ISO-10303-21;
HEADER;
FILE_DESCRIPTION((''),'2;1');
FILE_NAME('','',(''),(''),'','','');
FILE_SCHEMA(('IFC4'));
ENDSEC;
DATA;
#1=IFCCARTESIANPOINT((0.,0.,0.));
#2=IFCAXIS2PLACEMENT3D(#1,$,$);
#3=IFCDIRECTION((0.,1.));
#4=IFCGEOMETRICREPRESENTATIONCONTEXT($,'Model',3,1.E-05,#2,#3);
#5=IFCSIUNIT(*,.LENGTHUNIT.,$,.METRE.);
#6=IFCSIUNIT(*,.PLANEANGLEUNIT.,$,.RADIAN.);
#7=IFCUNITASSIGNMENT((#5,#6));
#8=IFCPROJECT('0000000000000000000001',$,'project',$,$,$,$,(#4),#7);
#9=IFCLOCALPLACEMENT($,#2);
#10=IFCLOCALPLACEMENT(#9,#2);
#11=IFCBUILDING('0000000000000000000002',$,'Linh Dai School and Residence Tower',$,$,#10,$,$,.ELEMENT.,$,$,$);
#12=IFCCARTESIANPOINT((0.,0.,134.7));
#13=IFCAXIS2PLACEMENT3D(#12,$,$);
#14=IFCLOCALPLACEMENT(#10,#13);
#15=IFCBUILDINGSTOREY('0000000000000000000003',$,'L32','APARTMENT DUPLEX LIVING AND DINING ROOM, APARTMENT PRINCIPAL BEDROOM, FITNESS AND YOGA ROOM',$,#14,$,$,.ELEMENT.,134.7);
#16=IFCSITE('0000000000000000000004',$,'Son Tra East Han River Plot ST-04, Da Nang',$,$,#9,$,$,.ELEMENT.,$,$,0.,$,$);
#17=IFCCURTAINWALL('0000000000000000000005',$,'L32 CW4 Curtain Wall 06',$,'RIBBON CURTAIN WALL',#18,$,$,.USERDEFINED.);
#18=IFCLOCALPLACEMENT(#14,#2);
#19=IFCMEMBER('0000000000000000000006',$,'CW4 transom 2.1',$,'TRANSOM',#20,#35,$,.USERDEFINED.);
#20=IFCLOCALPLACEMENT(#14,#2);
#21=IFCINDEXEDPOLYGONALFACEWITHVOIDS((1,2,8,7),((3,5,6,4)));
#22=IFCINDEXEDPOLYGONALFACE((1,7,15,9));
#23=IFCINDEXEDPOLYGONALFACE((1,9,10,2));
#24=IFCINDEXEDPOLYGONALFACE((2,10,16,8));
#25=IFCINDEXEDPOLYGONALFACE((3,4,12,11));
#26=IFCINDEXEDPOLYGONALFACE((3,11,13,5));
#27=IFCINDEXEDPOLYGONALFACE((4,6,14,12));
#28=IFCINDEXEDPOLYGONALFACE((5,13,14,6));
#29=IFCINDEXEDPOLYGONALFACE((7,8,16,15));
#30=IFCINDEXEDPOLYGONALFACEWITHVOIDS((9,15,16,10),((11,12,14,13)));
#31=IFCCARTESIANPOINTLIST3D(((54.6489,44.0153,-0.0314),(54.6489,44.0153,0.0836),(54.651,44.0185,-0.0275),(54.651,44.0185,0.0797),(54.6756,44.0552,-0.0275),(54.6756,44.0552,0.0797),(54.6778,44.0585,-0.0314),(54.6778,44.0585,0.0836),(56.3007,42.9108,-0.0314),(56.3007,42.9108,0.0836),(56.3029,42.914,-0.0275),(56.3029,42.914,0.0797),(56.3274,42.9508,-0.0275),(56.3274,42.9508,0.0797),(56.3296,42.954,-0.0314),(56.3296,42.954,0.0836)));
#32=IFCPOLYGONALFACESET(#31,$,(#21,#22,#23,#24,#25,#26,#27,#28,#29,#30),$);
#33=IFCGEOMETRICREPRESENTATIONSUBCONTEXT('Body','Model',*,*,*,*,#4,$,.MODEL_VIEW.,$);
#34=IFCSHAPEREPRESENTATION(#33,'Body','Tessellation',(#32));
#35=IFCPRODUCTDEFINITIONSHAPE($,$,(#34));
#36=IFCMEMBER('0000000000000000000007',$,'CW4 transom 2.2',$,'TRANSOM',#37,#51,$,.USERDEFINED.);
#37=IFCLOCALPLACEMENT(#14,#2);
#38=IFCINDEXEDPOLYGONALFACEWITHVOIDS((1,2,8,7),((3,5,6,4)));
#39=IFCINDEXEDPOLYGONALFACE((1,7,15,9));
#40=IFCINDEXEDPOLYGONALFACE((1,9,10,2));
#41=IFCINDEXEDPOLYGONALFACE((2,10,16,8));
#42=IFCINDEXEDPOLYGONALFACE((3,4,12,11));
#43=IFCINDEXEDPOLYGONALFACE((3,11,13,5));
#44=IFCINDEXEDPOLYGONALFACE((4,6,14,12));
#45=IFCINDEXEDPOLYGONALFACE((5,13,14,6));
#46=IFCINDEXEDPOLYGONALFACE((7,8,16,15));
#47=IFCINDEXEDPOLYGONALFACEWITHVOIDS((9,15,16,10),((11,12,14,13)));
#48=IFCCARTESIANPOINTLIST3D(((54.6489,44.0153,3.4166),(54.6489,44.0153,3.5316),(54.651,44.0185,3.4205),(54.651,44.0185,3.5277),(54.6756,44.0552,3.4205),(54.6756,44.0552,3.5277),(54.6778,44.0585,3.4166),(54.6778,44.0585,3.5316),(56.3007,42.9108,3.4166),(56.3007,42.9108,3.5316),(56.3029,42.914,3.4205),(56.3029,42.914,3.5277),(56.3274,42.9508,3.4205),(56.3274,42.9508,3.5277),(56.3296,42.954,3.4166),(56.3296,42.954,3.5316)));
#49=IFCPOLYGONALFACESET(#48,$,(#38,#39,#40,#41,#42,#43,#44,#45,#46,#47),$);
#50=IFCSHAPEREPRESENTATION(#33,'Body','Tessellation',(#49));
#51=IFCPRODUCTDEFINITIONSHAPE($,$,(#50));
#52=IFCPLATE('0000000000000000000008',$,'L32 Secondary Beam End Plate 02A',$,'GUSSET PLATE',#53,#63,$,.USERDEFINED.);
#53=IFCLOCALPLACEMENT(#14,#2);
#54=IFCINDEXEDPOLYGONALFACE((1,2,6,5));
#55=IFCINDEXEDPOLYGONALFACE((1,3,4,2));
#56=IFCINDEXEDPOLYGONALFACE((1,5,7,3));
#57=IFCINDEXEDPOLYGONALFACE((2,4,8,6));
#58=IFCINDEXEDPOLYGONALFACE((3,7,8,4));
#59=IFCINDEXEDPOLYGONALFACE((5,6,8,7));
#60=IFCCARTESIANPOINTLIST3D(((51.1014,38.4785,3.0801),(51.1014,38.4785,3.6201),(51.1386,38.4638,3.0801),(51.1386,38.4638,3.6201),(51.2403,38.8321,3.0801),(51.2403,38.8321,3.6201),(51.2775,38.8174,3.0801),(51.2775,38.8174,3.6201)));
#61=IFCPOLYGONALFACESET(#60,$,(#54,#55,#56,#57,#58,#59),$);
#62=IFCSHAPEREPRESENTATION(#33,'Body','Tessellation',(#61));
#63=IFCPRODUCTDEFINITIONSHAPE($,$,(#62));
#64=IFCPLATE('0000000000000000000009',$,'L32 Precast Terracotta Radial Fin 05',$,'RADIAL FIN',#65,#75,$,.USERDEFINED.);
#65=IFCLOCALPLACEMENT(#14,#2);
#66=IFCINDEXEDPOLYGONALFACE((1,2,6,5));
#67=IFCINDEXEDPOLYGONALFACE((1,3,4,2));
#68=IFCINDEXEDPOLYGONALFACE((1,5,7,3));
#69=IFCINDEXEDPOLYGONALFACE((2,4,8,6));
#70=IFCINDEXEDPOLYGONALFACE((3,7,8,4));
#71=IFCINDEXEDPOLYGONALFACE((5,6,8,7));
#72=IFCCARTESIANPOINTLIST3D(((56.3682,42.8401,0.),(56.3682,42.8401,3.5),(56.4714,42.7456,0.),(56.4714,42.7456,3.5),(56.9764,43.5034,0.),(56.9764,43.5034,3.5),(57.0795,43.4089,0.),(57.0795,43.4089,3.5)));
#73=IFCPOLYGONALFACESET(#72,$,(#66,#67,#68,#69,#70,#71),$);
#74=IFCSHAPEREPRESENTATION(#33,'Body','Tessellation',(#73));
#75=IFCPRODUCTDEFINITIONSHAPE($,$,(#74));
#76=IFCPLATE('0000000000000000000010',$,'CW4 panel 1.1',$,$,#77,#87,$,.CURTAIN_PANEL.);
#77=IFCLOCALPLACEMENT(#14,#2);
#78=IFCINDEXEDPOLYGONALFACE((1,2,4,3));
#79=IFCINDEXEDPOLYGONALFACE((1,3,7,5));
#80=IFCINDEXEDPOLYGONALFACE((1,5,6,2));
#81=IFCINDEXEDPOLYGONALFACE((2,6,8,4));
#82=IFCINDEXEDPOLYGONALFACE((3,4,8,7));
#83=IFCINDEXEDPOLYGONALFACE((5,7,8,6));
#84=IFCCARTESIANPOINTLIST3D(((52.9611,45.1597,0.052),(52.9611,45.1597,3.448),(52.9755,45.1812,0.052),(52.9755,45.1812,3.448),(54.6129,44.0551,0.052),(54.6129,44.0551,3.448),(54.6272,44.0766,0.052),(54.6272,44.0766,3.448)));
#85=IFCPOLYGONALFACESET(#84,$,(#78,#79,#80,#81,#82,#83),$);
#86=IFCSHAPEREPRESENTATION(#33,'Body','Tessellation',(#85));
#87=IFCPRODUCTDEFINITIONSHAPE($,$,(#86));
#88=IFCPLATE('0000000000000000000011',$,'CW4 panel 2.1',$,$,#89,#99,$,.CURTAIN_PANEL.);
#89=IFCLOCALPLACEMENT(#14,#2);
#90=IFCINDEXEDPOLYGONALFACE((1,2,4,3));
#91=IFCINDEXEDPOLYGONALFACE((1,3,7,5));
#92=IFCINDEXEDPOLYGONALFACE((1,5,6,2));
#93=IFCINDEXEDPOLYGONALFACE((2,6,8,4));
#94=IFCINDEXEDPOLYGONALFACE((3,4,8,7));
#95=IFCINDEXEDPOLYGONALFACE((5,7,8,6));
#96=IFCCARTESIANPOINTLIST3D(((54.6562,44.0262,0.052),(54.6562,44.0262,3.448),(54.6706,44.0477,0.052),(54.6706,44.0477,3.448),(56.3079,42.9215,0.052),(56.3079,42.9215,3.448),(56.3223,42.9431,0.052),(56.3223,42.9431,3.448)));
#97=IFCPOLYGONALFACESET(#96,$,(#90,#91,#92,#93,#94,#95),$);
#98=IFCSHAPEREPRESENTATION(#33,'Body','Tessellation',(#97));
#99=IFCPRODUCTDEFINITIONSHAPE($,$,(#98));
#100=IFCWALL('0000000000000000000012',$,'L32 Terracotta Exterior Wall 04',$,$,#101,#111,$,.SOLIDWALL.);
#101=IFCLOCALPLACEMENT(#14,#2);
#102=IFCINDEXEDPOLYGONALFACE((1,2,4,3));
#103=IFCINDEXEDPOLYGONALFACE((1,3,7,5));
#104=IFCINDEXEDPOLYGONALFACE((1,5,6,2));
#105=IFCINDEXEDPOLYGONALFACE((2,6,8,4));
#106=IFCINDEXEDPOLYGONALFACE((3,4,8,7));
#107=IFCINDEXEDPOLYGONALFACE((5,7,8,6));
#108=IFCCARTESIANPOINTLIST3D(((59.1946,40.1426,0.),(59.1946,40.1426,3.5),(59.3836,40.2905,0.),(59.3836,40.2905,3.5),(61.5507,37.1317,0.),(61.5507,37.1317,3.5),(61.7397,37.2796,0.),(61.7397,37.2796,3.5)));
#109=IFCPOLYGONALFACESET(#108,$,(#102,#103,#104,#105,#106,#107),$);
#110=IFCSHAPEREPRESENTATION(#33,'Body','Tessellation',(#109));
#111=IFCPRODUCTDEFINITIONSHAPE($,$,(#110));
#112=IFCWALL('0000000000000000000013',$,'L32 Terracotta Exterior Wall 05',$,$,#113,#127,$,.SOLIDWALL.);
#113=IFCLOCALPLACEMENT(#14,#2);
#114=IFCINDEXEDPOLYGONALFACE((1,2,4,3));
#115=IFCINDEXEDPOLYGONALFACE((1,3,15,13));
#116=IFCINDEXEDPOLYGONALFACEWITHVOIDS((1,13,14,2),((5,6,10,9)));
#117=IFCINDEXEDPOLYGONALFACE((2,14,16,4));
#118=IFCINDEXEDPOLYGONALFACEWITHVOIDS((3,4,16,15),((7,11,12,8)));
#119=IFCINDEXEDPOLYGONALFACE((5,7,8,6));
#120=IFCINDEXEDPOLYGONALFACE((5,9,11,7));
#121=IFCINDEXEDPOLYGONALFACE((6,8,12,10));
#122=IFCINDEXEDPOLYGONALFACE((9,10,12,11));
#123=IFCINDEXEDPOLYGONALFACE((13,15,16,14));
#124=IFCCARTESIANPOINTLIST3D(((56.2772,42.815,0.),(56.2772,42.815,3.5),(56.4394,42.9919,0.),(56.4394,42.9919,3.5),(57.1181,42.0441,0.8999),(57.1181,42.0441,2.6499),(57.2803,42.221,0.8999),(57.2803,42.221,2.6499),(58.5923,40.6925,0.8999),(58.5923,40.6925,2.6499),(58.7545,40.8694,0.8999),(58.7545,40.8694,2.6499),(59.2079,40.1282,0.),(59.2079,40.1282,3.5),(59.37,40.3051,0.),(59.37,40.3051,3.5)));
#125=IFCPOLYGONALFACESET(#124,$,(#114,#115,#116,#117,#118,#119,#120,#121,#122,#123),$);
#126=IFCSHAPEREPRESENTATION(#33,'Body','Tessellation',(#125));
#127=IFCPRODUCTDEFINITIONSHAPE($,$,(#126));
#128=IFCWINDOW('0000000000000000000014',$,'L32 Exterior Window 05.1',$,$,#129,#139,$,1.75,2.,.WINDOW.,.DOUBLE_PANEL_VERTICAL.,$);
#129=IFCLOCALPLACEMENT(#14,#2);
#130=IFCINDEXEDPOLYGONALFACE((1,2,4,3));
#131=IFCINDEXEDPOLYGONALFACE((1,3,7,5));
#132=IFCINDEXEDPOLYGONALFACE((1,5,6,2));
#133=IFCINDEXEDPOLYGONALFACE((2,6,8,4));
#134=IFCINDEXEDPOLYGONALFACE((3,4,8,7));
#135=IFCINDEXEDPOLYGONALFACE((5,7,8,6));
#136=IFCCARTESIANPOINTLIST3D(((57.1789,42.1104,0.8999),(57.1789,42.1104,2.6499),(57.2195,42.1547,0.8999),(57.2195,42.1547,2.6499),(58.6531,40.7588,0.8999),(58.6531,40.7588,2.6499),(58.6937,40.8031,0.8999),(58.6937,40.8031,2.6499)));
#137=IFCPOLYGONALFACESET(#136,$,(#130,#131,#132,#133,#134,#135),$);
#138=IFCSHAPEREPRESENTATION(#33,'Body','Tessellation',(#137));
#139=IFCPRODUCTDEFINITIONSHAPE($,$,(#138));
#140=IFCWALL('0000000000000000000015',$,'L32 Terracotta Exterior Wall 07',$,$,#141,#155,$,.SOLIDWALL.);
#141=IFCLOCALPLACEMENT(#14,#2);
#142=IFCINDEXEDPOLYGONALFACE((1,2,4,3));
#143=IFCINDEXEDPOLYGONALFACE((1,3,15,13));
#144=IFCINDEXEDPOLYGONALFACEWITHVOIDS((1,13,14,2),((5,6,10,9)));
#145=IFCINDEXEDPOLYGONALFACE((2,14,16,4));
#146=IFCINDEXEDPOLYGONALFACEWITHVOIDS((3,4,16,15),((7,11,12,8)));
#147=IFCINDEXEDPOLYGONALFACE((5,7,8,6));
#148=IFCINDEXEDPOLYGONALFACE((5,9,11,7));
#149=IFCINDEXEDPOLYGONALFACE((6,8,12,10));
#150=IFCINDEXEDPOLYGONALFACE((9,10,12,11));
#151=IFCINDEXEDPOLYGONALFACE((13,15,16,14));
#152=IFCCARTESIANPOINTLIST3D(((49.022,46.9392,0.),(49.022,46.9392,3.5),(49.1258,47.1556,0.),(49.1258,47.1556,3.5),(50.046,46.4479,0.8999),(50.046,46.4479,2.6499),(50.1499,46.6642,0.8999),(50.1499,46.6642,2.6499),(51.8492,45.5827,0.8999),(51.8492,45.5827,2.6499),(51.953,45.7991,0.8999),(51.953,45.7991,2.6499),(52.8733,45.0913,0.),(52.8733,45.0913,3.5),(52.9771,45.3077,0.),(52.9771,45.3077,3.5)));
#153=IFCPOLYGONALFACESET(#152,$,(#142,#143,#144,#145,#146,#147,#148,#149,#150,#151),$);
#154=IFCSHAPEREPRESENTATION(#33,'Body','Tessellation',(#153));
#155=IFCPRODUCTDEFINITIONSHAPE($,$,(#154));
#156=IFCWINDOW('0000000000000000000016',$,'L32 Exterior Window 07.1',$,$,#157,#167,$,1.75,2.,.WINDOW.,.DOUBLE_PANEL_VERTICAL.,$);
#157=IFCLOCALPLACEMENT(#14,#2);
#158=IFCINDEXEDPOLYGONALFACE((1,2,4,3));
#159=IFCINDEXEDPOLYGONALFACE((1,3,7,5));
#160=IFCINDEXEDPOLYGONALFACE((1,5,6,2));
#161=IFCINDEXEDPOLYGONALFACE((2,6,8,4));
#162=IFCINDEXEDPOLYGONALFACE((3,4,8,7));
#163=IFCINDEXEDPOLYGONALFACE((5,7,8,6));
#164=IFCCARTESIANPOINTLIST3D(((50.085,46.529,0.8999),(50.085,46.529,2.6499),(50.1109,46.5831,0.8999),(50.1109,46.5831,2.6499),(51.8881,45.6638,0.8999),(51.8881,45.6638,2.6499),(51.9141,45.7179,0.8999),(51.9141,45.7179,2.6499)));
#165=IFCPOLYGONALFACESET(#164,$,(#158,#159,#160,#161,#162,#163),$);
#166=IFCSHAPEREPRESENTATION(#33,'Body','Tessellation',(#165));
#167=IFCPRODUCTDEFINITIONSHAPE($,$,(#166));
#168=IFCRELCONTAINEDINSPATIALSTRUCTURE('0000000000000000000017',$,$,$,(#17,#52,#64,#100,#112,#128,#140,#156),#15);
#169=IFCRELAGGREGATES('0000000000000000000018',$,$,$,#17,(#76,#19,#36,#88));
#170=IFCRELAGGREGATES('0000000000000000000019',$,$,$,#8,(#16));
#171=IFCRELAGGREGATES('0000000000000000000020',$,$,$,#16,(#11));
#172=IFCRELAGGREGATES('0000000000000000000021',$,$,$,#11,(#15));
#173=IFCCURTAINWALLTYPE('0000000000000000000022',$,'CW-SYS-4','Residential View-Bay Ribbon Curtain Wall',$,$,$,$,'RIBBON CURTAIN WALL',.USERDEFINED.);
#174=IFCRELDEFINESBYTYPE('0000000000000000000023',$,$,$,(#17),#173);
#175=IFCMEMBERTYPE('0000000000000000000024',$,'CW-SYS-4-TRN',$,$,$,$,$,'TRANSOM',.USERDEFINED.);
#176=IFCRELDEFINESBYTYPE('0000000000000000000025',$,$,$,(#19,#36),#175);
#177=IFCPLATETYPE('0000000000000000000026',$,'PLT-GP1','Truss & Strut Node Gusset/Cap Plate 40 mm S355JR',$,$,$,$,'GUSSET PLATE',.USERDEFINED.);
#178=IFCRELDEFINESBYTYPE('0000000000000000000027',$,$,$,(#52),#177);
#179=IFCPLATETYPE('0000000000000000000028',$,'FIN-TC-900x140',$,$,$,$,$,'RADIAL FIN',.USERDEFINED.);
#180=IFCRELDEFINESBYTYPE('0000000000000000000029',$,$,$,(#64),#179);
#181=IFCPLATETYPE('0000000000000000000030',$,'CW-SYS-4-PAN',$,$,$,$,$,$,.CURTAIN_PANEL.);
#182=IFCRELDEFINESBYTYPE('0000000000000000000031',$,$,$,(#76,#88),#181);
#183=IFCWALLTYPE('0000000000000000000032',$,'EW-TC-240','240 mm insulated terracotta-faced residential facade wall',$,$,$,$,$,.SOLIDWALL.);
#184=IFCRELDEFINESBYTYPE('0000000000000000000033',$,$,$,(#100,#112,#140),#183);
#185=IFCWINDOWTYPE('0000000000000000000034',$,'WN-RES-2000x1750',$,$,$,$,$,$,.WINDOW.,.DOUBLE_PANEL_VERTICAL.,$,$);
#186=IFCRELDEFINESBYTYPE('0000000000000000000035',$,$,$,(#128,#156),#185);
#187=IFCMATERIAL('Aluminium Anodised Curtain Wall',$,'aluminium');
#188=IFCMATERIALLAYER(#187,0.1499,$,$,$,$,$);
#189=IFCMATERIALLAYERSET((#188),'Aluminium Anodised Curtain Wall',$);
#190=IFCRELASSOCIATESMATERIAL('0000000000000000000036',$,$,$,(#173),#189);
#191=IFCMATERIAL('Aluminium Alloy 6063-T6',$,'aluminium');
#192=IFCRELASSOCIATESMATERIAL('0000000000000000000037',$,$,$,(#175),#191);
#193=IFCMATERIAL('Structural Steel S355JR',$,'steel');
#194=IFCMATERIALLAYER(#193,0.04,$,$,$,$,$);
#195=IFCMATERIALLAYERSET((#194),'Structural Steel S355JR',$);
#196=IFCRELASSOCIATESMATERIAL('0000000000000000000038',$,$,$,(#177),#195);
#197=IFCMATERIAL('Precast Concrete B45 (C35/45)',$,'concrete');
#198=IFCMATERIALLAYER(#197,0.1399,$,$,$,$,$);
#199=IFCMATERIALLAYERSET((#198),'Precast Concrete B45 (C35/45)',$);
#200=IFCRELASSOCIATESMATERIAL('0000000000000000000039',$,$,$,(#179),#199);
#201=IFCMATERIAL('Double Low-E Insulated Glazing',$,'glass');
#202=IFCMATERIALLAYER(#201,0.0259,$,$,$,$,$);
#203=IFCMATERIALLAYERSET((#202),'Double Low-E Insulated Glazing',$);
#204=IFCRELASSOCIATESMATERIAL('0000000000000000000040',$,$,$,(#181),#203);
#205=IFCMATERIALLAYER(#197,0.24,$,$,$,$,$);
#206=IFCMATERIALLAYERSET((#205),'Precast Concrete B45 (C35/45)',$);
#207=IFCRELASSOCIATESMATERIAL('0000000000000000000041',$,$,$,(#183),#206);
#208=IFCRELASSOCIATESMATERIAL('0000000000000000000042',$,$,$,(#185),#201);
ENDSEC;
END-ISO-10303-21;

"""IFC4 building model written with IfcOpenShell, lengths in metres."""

from ifc_helpers import new_model, si_unit, direction, frame, frame_2d, origin, origin_2d, place, context, subcontext, project, spatial, rectangle, hollow_rectangle, extrude, source, transform, mapped, material, layer, layer_set, material_profile, profile_set, type_object, element, fill, aggregate, save


model = new_model("IFC4")

# Units and contexts
model_context = context("Model", 3, precision=1e-05, world=origin(), true_north=direction((0.0, 1.0)))
body_context = subcontext(model_context, "Body", "Model", "MODEL_VIEW")
ifc_project = project(units=[si_unit("LENGTHUNIT", "METRE"), si_unit("PLANEANGLEUNIT", "RADIAN")], contexts=[model_context])

# Site, building, storey
site_placement = place(None, origin())
site = spatial("IfcSite", under=ifc_project, at=site_placement, Name="Son Tra East Han River Plot ST-04, Da Nang", CompositionType="ELEMENT", RefElevation=0.0)
building_placement = place(site_placement, origin())
building = spatial("IfcBuilding", under=site, at=building_placement, Name="Linh Dai School and Residence Tower", CompositionType="ELEMENT")
storey_placement = place(building_placement, frame((0.0, 0.0, 134.7)))
storey = spatial("IfcBuildingStorey", under=building, at=storey_placement, Name="L32", Description="APARTMENT DUPLEX LIVING AND DINING ROOM, APARTMENT PRINCIPAL BEDROOM, FITNESS AND YOGA ROOM", CompositionType="ELEMENT", Elevation=134.7)

# Shared definitions
ifc_material_1 = material(Name="Structural Steel S355JR", Category="steel")

# Curtain wall, members
ifc_material_2 = material(Name="Aluminium Anodised Curtain Wall", Category="aluminium")
ifc_layer_1 = layer(ifc_material_2, 0.1499)
ifc_layer_set_1 = layer_set([ifc_layer_1], Name="Aluminium Anodised Curtain Wall")
curtain_wall_type = type_object("IfcCurtainWallType", Name="CW-SYS-4", Description="Residential View-Bay Ribbon Curtain Wall", ElementType="RIBBON CURTAIN WALL", PredefinedType="USERDEFINED", material=ifc_layer_set_1)
curtain_wall_placement = place(storey_placement, origin())
curtain_wall = element("IfcCurtainWall", 1, at=curtain_wall_placement, inside=storey, type_object=curtain_wall_type, Name="L32 CW4 Curtain Wall 06", ObjectType="RIBBON CURTAIN WALL", PredefinedType="USERDEFINED")
ifc_material_3 = material(Name="Aluminium Alloy 6063-T6", Category="aluminium")
ifc_material_profile_1 = material_profile(ifc_material_3, hollow_rectangle(XDim=0.052, YDim=0.115, WallThickness=0.0039, at=origin_2d()), Name="RHS 115x52x4")
ifc_profile_set_1 = profile_set([ifc_material_profile_1], Name="Aluminium Alloy 6063-T6")
member_type_1 = type_object("IfcMemberType", Name="CW-SYS-4-TRN", ElementType="TRANSOM", PredefinedType="USERDEFINED", material=ifc_profile_set_1)
shared_shape_1 = source(origin(), body_context, "Body", "SweptSolid", [
    extrude(hollow_rectangle(XDim=0.052, YDim=0.115, WallThickness=0.0039, at=origin_2d()), origin(), (0.0, 0.0, 1.0), 1.9871),
])
member_1_placement = place(storey_placement, frame((54.6633, 44.0369, 0.0261), z_axis=(0.831293, -0.555834, 0.0), x_axis=(0.555834, 0.831293, 0.0)))
member_1 = element("IfcMember", 2, at=member_1_placement, type_object=member_type_1, Name="CW4 transom 2.1", ObjectType="TRANSOM", PredefinedType="USERDEFINED", context=body_context, shape_type="MappedRepresentation", body=[
    mapped(shared_shape_1, transform((0.0, 0.0, 0.0), x_axis=(1.0, 0.0, 0.0), y_axis=(0.0, 1.0, 0.0), z_axis=(0.0, 0.0, 1.0), scale=1.0)),
])
member_2_placement = place(storey_placement, frame((54.6633, 44.0369, 3.4741), z_axis=(0.831293, -0.555834, 0.0), x_axis=(0.555834, 0.831293, 0.0)))
member_2 = element("IfcMember", 3, at=member_2_placement, type_object=member_type_1, Name="CW4 transom 2.2", ObjectType="TRANSOM", PredefinedType="USERDEFINED", context=body_context, shape_type="MappedRepresentation", body=[
    mapped(shared_shape_1, transform((0.0, 0.0, 0.0), x_axis=(1.0, 0.0, 0.0), y_axis=(0.0, 1.0, 0.0), z_axis=(0.0, 0.0, 1.0), scale=1.0)),
])

# Plates
ifc_layer_2 = layer(ifc_material_1, 0.04)
ifc_layer_set_2 = layer_set([ifc_layer_2], Name="Structural Steel S355JR")
plate_type_1 = type_object("IfcPlateType", Name="PLT-GP1", Description="Truss & Strut Node Gusset/Cap Plate 40 mm S355JR", ElementType="GUSSET PLATE", PredefinedType="USERDEFINED", material=ifc_layer_set_2)
shared_shape_2 = source(origin(), body_context, "Body", "SweptSolid", [
    extrude(rectangle(XDim=0.04, YDim=0.3799, at=origin_2d()), origin(), (0.0, 0.0, 1.0), 0.54),
])
plate_1_placement = place(storey_placement, frame((51.1895, 38.6479, 3.0801), z_axis=(0.0, 0.0, 1.0), x_axis=(-0.930752, 0.36565, 0.0)))
element("IfcPlate", 4, at=plate_1_placement, inside=storey, type_object=plate_type_1, Name="L32 Secondary Beam End Plate 02A", ObjectType="GUSSET PLATE", PredefinedType="USERDEFINED", context=body_context, shape_type="MappedRepresentation", body=[
    mapped(shared_shape_2, transform((0.0, 0.0, 0.0), x_axis=(1.0, 0.0, 0.0), y_axis=(0.0, 1.0, 0.0), z_axis=(0.0, 0.0, 1.0), scale=1.0)),
])
ifc_material_4 = material(Name="Precast Concrete B45 (C35/45)", Category="concrete")
ifc_layer_3 = layer(ifc_material_4, 0.1399)
ifc_layer_set_3 = layer_set([ifc_layer_3], Name="Precast Concrete B45 (C35/45)")
plate_type_2 = type_object("IfcPlateType", Name="FIN-TC-900x140", ElementType="RADIAL FIN", PredefinedType="USERDEFINED", material=ifc_layer_set_3)
shared_shape_3 = source(origin(), body_context, "Body", "SweptSolid", [
    extrude(rectangle(XDim=0.8999, YDim=0.1399, at=origin_2d()), origin(), (0.0, 0.0, 1.0), 3.5),
])
plate_2_placement = place(storey_placement, frame((56.7239, 43.1245, 0.0), z_axis=(0.0, 0.0, 1.0), x_axis=(0.675783, 0.7371, 0.0)))
element("IfcPlate", 5, at=plate_2_placement, inside=storey, type_object=plate_type_2, Name="L32 Precast Terracotta Radial Fin 05", ObjectType="RADIAL FIN", PredefinedType="USERDEFINED", context=body_context, shape_type="MappedRepresentation", body=[
    mapped(shared_shape_3, transform((0.0, 0.0, 0.0), x_axis=(1.0, 0.0, 0.0), y_axis=(0.0, 1.0, 0.0), z_axis=(0.0, 0.0, 1.0), scale=1.0)),
])

# Plates
ifc_material_5 = material(Name="Double Low-E Insulated Glazing", Category="glass")
ifc_layer_4 = layer(ifc_material_5, 0.0259)
ifc_layer_set_4 = layer_set([ifc_layer_4], Name="Double Low-E Insulated Glazing")
plate_type_3 = type_object("IfcPlateType", Name="CW-SYS-4-PAN", PredefinedType="CURTAIN_PANEL", material=ifc_layer_set_4)
shared_shape_4 = source(origin(), body_context, "Body", "SweptSolid", [
    extrude(rectangle(XDim=1.9871, YDim=0.0259, at=origin_2d()), origin(), (0.0, 0.0, 1.0), 3.396),
])
plate_3_placement = place(storey_placement, frame((53.7942, 44.6182, 0.052), z_axis=(0.0, 0.0, 1.0), x_axis=(0.83124, -0.555913, 0.0)))
plate_3 = element("IfcPlate", 6, at=plate_3_placement, type_object=plate_type_3, Name="CW4 panel 1.1", PredefinedType="CURTAIN_PANEL", context=body_context, shape_type="MappedRepresentation", body=[
    mapped(shared_shape_4, transform((0.0, 0.0, 0.0), x_axis=(1.0, 0.0, 0.0), y_axis=(0.0, 1.0, 0.0), z_axis=(0.0, 0.0, 1.0), scale=1.0)),
])
plate_4_placement = place(storey_placement, frame((55.4893, 43.4846, 0.052), z_axis=(0.0, 0.0, 1.0), x_axis=(0.83124, -0.555913, 0.0)))
plate_4 = element("IfcPlate", 7, at=plate_4_placement, type_object=plate_type_3, Name="CW4 panel 2.1", PredefinedType="CURTAIN_PANEL", context=body_context, shape_type="MappedRepresentation", body=[
    mapped(shared_shape_4, transform((0.0, 0.0, 0.0), x_axis=(1.0, 0.0, 0.0), y_axis=(0.0, 1.0, 0.0), z_axis=(0.0, 0.0, 1.0), scale=1.0)),
])
aggregate(curtain_wall, [plate_3, member_1, member_2, plate_4])

# Wall
ifc_layer_5 = layer(ifc_material_4, 0.24)
ifc_layer_set_5 = layer_set([ifc_layer_5], Name="Precast Concrete B45 (C35/45)")
wall_type_1 = type_object("IfcWallType", Name="EW-TC-240", Description="240 mm insulated terracotta-faced residential facade wall", PredefinedType="SOLIDWALL", material=ifc_layer_set_5)
wall_1_placement = place(storey_placement, frame((59.2891, 40.2166, 0.0), z_axis=(0.0, 0.0, 1.0), x_axis=(0.616272, -0.787533, 0.0)))
element("IfcWall", 8, at=wall_1_placement, inside=storey, type_object=wall_type_1, Name="L32 Terracotta Exterior Wall 04", PredefinedType="SOLIDWALL", context=body_context, shape_type="SweptSolid", body=[
    extrude(rectangle(XDim=3.8232, YDim=0.24, at=frame_2d((1.9116, 0.0))), origin(), (0.0, 0.0, 1.0), 3.5),
])

# Walls, openings, windows
wall_2_placement = place(storey_placement, frame((56.3584, 42.9033, 0.0), z_axis=(0.0, 0.0, 1.0), x_axis=(0.737113, -0.675769, 0.0)))
wall_2 = element("IfcWall", 9, at=wall_2_placement, inside=storey, type_object=wall_type_1, Name="L32 Terracotta Exterior Wall 05", PredefinedType="SOLIDWALL", context=body_context, shape_type="SweptSolid", body=[
    extrude(rectangle(XDim=3.9758, YDim=0.24, at=frame_2d((1.9878, 0.0))), origin(), (0.0, 0.0, 1.0), 3.5),
])
opening_1_placement = place(wall_2_placement, frame((1.1406, 0.0, 0.8999)))
opening_1 = element("IfcOpeningElement", 10, at=opening_1_placement, cuts=wall_2, PredefinedType="OPENING", context=body_context, shape_type="SweptSolid", body=[
    extrude(rectangle(XDim=2.0, YDim=1.75, at=origin_2d()), frame((1.0, 0.1299, 0.875), z_axis=(0.0, -1.0, 0.0), x_axis=(1.0, 0.0, 0.0)), (0.0, 0.0, 1.0), 0.26),
])
window_type = type_object("IfcWindowType", Name="WN-RES-2000x1750", PartitioningType="DOUBLE_PANEL_VERTICAL", PredefinedType="WINDOW", material=ifc_material_5)
shared_shape_5 = source(origin(), body_context, "Body", "SweptSolid", [
    extrude(rectangle(XDim=2.0, YDim=1.75, at=origin_2d()), frame((1.0, 0.03, 0.875), z_axis=(0.0, -1.0, 0.0), x_axis=(1.0, 0.0, 0.0)), (0.0, 0.0, 1.0), 0.0601),
])
window_1_placement = place(opening_1_placement, origin())
window_1 = element("IfcWindow", 11, at=window_1_placement, inside=storey, type_object=window_type, Name="L32 Exterior Window 05.1", OverallHeight=1.75, OverallWidth=2.0, PartitioningType="DOUBLE_PANEL_VERTICAL", PredefinedType="WINDOW", context=body_context, shape_type="MappedRepresentation", body=[
    mapped(shared_shape_5, transform((0.0, 0.0, 0.0), x_axis=(1.0, 0.0, 0.0), y_axis=(0.0, 1.0, 0.0), z_axis=(0.0, 0.0, 1.0), scale=1.0)),
])
fill(opening_1, window_1)
wall_3_placement = place(storey_placement, frame((49.074, 47.0474, 0.0), z_axis=(0.0, 0.0, 1.0), x_axis=(0.90159, -0.432592, 0.0)))
wall_3 = element("IfcWall", 12, at=wall_3_placement, inside=storey, type_object=wall_type_1, Name="L32 Terracotta Exterior Wall 07", PredefinedType="SOLIDWALL", context=body_context, shape_type="SweptSolid", body=[
    extrude(rectangle(XDim=4.2717, YDim=0.24, at=frame_2d((2.1357, 0.0))), origin(), (0.0, 0.0, 1.0), 3.5),
])
opening_2_placement = place(wall_3_placement, frame((1.1357, 0.0, 0.8999)))
opening_2 = element("IfcOpeningElement", 13, at=opening_2_placement, cuts=wall_3, PredefinedType="OPENING", context=body_context, shape_type="SweptSolid", body=[
    extrude(rectangle(XDim=2.0, YDim=1.75, at=origin_2d()), frame((1.0, 0.1299, 0.875), z_axis=(0.0, -1.0, 0.0), x_axis=(1.0, 0.0, 0.0)), (0.0, 0.0, 1.0), 0.26),
])
window_2_placement = place(opening_2_placement, origin())
window_2 = element("IfcWindow", 14, at=window_2_placement, inside=storey, type_object=window_type, Name="L32 Exterior Window 07.1", OverallHeight=1.75, OverallWidth=2.0, PartitioningType="DOUBLE_PANEL_VERTICAL", PredefinedType="WINDOW", context=body_context, shape_type="MappedRepresentation", body=[
    mapped(shared_shape_5, transform((0.0, 0.0, 0.0), x_axis=(1.0, 0.0, 0.0), y_axis=(0.0, 1.0, 0.0), z_axis=(0.0, 0.0, 1.0), scale=1.0)),
])
fill(opening_2, window_2)

save(model, "model.ifc")
